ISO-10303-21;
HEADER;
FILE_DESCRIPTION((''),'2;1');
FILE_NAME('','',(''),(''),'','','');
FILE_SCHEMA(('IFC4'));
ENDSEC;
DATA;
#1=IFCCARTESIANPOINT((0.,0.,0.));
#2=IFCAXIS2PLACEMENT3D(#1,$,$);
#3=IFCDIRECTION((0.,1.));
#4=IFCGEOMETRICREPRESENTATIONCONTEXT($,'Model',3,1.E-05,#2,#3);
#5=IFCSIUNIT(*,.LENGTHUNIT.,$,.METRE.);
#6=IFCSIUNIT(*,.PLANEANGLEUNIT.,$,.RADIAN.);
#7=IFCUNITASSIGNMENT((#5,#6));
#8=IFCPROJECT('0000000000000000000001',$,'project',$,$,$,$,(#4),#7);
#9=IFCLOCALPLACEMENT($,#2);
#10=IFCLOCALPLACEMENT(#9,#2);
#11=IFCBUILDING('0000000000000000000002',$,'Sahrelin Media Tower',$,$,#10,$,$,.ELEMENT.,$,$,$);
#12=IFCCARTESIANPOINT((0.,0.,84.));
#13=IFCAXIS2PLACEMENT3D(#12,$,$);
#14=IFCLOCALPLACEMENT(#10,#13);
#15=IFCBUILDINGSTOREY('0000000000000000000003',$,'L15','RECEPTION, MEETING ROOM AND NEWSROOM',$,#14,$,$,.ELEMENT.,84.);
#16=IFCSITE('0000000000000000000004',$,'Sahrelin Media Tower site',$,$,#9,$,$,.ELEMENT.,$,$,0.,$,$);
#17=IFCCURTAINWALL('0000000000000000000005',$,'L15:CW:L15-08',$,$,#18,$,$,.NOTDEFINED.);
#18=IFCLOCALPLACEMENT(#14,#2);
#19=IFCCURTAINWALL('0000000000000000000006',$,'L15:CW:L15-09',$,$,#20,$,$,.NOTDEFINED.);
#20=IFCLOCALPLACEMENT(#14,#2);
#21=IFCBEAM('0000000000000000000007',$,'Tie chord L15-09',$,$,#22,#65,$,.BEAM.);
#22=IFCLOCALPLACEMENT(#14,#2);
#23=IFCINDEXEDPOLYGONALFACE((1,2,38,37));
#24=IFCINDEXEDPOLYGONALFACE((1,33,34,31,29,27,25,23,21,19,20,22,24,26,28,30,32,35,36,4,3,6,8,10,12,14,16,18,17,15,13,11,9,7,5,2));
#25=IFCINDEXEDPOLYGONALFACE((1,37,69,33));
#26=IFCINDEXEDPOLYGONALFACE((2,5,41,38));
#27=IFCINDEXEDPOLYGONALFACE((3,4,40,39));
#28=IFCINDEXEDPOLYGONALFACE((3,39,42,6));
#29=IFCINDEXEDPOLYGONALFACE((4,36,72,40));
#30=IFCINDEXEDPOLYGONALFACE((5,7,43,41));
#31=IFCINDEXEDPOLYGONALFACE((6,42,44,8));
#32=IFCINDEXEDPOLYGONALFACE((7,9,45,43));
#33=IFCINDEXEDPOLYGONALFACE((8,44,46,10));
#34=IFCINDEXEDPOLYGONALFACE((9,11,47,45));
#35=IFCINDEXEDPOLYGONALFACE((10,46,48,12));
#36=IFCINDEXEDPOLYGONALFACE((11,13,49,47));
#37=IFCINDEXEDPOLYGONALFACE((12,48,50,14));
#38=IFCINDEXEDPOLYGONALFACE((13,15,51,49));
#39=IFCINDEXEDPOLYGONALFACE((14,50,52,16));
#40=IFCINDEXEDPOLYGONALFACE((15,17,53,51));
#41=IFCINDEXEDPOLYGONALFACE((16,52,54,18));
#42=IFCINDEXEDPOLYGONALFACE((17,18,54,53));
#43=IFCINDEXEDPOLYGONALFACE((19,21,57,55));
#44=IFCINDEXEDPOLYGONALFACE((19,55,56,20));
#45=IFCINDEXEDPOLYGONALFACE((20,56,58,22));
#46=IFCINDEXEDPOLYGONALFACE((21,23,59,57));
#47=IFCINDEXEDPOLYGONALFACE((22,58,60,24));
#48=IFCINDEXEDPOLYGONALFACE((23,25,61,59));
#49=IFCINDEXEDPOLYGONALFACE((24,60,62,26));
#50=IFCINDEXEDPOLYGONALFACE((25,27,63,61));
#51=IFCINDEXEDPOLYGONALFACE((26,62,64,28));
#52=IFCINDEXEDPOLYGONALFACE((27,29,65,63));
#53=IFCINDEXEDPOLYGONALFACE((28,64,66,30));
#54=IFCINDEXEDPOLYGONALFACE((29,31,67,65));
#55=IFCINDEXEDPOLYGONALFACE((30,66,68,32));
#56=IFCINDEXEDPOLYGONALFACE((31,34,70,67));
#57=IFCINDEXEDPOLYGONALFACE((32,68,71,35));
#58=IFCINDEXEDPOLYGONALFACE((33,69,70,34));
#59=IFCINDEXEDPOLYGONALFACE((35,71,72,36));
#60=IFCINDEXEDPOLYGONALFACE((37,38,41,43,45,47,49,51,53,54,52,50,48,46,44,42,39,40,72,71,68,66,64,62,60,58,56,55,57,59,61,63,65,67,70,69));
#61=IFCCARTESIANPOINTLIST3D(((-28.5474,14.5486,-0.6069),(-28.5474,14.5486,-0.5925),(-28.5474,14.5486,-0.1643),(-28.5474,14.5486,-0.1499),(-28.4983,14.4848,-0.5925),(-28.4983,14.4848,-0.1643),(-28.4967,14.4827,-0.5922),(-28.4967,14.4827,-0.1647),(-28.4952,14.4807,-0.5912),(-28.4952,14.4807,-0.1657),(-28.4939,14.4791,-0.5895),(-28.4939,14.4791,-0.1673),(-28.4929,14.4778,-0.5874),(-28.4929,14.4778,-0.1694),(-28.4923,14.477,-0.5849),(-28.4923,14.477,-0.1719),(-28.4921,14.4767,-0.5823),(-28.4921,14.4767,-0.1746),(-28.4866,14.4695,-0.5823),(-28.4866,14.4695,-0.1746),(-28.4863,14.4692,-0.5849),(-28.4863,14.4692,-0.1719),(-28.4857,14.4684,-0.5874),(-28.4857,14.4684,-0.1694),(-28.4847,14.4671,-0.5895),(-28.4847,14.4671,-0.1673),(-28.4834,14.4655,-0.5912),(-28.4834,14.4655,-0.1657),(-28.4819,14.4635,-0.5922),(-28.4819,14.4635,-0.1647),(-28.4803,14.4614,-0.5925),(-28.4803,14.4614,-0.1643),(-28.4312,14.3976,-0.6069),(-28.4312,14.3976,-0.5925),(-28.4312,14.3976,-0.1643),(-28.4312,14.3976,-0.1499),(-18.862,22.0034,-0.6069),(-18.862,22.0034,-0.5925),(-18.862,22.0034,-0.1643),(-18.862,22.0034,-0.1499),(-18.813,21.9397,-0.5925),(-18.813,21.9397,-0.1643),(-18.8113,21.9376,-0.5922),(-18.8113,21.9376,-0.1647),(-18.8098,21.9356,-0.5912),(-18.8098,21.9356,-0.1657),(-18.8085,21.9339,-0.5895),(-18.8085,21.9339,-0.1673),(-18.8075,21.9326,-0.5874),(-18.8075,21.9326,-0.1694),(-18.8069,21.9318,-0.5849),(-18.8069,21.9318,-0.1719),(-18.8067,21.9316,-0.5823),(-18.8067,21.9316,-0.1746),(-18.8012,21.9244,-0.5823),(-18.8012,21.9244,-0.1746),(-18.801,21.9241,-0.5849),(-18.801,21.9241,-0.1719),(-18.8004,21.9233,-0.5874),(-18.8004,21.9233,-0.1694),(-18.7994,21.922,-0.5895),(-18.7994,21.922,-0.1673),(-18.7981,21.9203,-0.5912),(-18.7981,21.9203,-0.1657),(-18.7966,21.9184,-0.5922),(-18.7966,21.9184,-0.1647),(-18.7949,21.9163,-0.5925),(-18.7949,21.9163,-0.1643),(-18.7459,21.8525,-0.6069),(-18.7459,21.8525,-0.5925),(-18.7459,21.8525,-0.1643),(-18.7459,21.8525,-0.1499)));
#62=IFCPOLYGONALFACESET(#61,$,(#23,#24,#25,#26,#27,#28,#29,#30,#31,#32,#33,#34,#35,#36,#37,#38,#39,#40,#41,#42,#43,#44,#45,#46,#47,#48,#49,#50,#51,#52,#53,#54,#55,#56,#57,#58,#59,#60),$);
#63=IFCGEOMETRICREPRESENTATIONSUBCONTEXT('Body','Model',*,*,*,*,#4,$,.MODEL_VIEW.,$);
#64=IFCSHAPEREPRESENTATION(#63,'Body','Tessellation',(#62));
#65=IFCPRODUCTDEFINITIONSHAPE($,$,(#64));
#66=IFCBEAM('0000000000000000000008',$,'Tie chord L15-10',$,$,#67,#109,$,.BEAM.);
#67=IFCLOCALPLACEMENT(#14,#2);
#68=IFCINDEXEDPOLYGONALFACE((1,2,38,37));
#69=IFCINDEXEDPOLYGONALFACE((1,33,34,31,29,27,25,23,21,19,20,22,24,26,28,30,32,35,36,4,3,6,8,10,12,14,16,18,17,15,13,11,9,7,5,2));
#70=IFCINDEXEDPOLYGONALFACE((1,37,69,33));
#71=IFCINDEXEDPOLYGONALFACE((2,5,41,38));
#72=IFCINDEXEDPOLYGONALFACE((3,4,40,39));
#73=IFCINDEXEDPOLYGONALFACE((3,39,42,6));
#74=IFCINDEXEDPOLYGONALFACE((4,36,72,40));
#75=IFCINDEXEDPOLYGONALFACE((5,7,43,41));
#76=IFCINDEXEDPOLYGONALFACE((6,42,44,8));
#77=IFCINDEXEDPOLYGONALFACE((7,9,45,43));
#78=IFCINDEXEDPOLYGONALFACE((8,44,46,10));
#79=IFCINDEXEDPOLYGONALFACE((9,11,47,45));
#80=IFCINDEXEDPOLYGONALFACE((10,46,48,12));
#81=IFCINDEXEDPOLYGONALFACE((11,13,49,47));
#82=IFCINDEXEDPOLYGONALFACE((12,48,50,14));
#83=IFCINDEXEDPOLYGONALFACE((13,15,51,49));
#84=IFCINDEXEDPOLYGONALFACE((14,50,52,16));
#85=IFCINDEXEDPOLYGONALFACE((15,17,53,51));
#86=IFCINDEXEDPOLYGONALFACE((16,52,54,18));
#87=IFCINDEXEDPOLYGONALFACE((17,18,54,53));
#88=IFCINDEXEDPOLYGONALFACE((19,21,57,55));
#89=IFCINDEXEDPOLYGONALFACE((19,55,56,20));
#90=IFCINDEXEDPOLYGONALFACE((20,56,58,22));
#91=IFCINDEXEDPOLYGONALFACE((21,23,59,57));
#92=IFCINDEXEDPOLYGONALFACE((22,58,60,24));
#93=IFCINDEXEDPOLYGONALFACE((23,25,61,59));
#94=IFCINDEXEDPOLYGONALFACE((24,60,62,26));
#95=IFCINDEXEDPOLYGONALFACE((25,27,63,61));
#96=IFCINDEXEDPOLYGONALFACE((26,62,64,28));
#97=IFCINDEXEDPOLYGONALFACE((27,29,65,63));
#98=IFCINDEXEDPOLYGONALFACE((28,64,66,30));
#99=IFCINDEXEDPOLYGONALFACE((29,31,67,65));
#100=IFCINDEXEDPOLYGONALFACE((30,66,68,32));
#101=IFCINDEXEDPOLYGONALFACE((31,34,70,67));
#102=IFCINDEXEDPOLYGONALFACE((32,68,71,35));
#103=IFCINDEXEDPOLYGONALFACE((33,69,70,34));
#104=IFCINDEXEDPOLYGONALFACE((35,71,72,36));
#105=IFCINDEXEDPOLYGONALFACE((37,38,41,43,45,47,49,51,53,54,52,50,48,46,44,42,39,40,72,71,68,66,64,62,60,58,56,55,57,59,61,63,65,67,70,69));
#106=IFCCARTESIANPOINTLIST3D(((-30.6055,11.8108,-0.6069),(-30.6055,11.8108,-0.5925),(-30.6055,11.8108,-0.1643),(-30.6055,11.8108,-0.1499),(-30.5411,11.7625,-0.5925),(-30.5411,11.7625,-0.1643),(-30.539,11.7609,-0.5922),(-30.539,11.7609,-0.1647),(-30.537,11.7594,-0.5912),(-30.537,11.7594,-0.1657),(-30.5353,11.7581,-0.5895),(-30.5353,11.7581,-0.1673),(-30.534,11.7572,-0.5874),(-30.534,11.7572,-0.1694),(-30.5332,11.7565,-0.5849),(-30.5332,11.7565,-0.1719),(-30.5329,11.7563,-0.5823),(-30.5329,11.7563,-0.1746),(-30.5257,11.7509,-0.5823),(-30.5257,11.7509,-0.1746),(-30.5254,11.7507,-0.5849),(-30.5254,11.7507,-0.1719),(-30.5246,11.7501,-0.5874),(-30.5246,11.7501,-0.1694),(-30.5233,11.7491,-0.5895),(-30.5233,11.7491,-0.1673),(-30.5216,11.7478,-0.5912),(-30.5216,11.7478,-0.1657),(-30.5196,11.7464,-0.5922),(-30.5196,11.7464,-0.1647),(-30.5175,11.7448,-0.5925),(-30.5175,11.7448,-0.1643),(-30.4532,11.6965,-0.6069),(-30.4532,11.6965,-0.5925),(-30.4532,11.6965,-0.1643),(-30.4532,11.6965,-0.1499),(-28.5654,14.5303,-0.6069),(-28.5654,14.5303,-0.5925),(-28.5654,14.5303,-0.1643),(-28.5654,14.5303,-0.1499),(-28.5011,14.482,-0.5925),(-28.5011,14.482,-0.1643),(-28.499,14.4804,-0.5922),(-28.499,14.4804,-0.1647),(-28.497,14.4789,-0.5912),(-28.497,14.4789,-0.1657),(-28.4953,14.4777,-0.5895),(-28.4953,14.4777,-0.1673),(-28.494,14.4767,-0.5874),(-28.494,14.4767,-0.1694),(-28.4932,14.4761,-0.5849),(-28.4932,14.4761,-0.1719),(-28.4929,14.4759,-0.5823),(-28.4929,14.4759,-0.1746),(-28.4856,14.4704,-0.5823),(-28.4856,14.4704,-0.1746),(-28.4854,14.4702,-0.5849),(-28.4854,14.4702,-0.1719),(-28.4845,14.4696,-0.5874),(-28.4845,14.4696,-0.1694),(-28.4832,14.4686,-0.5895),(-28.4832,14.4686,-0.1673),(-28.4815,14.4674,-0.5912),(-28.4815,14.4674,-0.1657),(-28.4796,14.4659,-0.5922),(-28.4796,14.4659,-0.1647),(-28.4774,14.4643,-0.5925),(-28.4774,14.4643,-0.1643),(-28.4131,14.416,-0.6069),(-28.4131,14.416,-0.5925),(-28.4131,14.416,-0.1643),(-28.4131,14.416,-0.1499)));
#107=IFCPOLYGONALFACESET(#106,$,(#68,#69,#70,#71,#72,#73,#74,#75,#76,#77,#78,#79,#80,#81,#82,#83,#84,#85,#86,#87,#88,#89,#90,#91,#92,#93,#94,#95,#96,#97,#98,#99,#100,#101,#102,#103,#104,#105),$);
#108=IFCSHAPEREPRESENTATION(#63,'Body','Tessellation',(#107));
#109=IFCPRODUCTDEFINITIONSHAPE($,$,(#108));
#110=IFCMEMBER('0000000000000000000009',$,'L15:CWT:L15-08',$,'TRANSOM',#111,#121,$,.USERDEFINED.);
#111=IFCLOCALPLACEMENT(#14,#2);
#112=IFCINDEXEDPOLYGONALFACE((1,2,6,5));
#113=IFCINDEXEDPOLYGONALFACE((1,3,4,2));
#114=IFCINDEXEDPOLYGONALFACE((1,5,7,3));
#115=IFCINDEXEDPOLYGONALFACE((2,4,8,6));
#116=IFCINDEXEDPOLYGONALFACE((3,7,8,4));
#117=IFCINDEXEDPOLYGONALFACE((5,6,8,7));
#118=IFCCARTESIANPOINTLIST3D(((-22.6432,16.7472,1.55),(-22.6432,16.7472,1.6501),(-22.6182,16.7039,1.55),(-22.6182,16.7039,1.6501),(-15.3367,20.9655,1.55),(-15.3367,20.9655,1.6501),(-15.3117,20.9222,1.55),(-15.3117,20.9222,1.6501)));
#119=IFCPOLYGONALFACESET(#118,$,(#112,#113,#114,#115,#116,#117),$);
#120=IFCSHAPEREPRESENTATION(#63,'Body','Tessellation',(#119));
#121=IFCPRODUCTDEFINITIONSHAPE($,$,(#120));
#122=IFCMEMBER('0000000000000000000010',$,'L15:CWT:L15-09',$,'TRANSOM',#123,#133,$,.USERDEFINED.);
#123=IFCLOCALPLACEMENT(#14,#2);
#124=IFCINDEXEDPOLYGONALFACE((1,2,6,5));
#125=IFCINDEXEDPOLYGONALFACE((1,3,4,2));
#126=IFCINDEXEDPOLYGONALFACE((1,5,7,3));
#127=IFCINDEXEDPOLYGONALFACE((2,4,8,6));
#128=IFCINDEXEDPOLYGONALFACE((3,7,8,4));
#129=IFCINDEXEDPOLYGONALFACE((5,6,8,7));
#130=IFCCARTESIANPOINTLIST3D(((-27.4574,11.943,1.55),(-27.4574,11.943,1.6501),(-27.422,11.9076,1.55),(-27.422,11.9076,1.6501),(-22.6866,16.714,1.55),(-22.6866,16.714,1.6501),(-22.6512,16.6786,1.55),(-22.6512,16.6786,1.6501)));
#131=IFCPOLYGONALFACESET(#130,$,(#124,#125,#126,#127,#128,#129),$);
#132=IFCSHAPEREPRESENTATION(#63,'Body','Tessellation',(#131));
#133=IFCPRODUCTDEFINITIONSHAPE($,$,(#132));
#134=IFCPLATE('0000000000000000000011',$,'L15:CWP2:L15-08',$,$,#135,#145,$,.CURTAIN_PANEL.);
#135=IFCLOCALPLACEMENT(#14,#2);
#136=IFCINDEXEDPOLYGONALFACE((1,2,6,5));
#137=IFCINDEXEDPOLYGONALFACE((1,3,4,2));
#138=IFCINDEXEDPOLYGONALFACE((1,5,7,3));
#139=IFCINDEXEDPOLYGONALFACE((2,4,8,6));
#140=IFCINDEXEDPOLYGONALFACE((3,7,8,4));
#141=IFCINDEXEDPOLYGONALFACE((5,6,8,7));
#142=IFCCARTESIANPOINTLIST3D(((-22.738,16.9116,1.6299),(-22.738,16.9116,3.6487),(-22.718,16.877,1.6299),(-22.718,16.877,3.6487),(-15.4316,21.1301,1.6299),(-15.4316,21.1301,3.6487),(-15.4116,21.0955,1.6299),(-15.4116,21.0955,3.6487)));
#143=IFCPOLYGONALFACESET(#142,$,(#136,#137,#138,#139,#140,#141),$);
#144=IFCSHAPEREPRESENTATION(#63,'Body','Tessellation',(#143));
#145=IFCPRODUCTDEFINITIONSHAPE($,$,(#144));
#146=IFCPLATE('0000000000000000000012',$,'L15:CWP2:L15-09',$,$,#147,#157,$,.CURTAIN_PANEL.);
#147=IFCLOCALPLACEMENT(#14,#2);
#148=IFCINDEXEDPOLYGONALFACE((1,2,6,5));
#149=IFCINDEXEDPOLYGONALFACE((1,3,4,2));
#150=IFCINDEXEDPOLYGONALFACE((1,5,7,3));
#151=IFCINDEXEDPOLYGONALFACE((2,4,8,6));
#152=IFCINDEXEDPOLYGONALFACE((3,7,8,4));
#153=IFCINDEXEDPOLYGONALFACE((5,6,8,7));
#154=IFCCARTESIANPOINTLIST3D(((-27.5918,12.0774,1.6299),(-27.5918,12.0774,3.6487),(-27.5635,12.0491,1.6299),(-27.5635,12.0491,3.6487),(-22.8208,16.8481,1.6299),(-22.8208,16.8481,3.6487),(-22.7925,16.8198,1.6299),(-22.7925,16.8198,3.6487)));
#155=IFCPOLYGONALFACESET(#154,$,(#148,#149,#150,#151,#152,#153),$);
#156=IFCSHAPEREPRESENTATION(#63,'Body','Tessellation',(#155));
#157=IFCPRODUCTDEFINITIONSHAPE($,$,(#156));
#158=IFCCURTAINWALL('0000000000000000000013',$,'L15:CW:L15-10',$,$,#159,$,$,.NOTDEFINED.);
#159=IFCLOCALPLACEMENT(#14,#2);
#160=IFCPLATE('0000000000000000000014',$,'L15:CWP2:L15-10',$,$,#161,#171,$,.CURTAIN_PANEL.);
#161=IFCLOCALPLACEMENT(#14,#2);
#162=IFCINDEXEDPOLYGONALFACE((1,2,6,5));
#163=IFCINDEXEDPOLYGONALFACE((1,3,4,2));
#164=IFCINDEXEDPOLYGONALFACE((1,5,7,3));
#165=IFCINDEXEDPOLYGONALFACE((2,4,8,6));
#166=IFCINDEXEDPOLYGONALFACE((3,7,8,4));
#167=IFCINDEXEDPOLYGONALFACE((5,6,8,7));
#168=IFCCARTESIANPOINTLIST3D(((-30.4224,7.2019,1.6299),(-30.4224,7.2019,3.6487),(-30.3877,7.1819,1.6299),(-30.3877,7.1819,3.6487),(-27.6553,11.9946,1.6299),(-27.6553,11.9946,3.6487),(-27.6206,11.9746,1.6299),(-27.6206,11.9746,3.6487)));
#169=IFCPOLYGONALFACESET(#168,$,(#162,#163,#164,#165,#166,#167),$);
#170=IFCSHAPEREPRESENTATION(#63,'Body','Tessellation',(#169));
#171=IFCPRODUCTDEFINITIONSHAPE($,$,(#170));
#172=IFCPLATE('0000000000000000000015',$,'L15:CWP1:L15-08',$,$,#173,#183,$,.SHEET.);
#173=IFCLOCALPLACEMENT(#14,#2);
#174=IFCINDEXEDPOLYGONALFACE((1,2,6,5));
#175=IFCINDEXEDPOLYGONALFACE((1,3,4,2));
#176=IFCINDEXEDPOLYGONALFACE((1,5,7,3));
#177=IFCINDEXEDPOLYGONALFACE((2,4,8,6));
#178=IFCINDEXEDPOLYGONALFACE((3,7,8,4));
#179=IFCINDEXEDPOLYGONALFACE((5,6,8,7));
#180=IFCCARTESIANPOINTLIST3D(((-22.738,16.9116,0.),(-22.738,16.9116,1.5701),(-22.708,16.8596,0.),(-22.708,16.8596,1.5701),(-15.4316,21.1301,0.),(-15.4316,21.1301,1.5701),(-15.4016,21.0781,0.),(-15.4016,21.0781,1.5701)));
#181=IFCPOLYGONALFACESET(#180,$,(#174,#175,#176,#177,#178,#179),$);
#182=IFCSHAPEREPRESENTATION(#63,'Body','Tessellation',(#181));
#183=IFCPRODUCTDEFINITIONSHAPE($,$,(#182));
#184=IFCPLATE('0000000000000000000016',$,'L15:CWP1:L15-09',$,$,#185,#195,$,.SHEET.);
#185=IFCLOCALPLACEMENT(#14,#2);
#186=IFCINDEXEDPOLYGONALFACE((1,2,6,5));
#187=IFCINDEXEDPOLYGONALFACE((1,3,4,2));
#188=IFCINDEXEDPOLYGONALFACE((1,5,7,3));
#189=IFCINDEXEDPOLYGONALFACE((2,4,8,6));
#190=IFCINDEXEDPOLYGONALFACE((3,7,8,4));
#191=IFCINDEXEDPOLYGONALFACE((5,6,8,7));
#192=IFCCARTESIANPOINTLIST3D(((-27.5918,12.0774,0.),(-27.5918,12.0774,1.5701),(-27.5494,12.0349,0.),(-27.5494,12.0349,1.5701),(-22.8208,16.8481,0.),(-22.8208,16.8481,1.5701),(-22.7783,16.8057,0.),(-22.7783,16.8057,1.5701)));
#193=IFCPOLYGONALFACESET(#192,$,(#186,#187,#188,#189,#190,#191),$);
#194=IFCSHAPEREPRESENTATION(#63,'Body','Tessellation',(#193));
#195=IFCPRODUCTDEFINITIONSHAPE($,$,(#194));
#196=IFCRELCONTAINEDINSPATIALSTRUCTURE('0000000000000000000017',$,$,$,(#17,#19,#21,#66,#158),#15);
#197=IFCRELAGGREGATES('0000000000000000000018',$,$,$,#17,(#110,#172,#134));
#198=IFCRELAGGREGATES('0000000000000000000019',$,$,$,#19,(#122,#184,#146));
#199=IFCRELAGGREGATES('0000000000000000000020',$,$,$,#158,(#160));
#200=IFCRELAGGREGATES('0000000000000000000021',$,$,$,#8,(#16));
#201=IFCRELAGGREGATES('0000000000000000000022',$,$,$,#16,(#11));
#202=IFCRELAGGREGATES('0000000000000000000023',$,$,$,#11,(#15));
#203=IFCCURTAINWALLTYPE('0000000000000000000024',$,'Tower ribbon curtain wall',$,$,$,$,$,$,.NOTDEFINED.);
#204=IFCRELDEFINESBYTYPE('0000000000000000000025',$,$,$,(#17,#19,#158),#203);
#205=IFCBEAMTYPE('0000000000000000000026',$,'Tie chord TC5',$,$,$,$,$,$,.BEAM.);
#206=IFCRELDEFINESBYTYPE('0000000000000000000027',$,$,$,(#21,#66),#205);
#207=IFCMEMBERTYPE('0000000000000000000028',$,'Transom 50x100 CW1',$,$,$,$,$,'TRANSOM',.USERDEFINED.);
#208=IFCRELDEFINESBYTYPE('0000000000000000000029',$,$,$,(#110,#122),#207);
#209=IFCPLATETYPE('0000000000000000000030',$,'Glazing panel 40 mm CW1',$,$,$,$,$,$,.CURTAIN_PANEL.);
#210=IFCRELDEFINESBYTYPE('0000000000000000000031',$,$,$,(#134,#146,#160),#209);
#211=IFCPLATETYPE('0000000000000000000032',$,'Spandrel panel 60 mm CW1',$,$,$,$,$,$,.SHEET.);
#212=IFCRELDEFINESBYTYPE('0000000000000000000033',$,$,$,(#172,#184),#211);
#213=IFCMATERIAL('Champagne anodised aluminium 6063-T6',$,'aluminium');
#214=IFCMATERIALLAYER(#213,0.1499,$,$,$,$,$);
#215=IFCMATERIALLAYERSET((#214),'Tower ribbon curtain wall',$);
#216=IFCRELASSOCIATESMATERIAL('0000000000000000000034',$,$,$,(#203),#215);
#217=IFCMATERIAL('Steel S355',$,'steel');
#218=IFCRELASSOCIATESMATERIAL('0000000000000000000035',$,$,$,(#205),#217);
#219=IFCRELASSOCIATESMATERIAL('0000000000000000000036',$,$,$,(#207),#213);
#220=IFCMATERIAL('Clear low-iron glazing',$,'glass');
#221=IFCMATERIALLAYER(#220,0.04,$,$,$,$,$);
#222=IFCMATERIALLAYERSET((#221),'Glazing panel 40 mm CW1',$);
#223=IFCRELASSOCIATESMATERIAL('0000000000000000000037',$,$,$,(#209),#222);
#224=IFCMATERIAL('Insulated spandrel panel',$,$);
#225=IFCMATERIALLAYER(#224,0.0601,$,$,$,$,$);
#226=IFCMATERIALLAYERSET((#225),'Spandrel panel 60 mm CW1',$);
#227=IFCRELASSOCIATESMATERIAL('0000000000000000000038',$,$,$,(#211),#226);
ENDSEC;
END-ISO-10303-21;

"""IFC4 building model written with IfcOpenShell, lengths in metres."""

from ifc_helpers import new_model, si_unit, direction, frame, origin, origin_2d, place, context, subcontext, project, spatial, polyline, rectangle, i_section, outline, extrude, material, layer, layer_set, material_profile, profile_set, type_object, element, aggregate, save


model = new_model("IFC4")

# Units and contexts
model_context = context("Model", 3, precision=1e-05, world=origin(), true_north=direction((0.0, 1.0)))
body_context = subcontext(model_context, "Body", "Model", "MODEL_VIEW")
ifc_project = project(units=[si_unit("LENGTHUNIT", "METRE"), si_unit("PLANEANGLEUNIT", "RADIAN")], contexts=[model_context])

# Site, building, storey
site_placement = place(None, origin())
site = spatial("IfcSite", under=ifc_project, at=site_placement, Name="Sahrelin Media Tower site", CompositionType="ELEMENT", RefElevation=0.0)
building_placement = place(site_placement, origin())
building = spatial("IfcBuilding", under=site, at=building_placement, Name="Sahrelin Media Tower", CompositionType="ELEMENT")
storey_placement = place(building_placement, frame((0.0, 0.0, 84.0)))
storey = spatial("IfcBuildingStorey", under=building, at=storey_placement, Name="L15", Description="RECEPTION, MEETING ROOM AND NEWSROOM", CompositionType="ELEMENT", Elevation=84.0)

# Shared definitions
ifc_material_1 = material(Name="Steel S355", Category="steel")

# Curtain walls
ifc_material_2 = material(Name="Champagne anodised aluminium 6063-T6", Category="aluminium")
ifc_layer_1 = layer(ifc_material_2, 0.1499)
ifc_layer_set_1 = layer_set([ifc_layer_1], Name="Tower ribbon curtain wall")
curtain_wall_type = type_object("IfcCurtainWallType", Name="Tower ribbon curtain wall", PredefinedType="NOTDEFINED", material=ifc_layer_set_1)
curtain_wall_1_placement = place(storey_placement, frame((-19.075, 19.0037, 0.0), z_axis=(0.0, 0.0, 1.0), x_axis=(1.0, 0.0, 0.0)))
curtain_wall_1 = element("IfcCurtainWall", 1, at=curtain_wall_1_placement, inside=storey, type_object=curtain_wall_type, Name="L15:CW:L15-08", PredefinedType="NOTDEFINED")
curtain_wall_2_placement = place(storey_placement, frame((-25.1921, 14.4487, 0.0), z_axis=(0.0, 0.0, 1.0), x_axis=(1.0, 0.0, 0.0)))
curtain_wall_2 = element("IfcCurtainWall", 2, at=curtain_wall_2_placement, inside=storey, type_object=curtain_wall_type, Name="L15:CW:L15-09", PredefinedType="NOTDEFINED")

# Beams
ifc_material_profile_1 = material_profile(ifc_material_1, i_section(OverallWidth=0.1904, OverallDepth=0.457, WebThickness=0.009, FlangeThickness=0.0144, FilletRadius=0.0103, at=origin_2d()), Name="UB 457x191x74")
ifc_profile_set_1 = profile_set([ifc_material_profile_1], Name="Steel S355")
beam_type_1 = type_object("IfcBeamType", Name="Tie chord TC5", PredefinedType="BEAM", material=ifc_profile_set_1)
beam_1_placement = place(storey_placement, frame((-18.804, 21.928, -0.3784), z_axis=(-0.792442, -0.609947, 0.0), x_axis=(0.609947, -0.792442, 0.0)))
element("IfcBeam", 3, at=beam_1_placement, inside=storey, type_object=beam_type_1, Name="Tie chord L15-09", PredefinedType="BEAM", context=body_context, shape_type="SweptSolid", body=[
    extrude(i_section(OverallWidth=0.1904, OverallDepth=0.457, WebThickness=0.009, FlangeThickness=0.0144, FilletRadius=0.0103, at=origin_2d()), origin(), (0.0, 0.0, 1.0), 12.2222),
])
beam_2_placement = place(storey_placement, frame((-28.4893, 14.4731, -0.3784), z_axis=(-0.60008, -0.79994, 0.0), x_axis=(0.79994, -0.60008, 0.0)))
element("IfcBeam", 4, at=beam_2_placement, inside=storey, type_object=beam_type_1, Name="Tie chord L15-10", PredefinedType="BEAM", context=body_context, shape_type="SweptSolid", body=[
    extrude(i_section(OverallWidth=0.1904, OverallDepth=0.457, WebThickness=0.009, FlangeThickness=0.0144, FilletRadius=0.0103, at=origin_2d()), origin(), (0.0, 0.0, 1.0), 3.3997),
])

# Members
ifc_material_profile_2 = material_profile(ifc_material_2, rectangle(XDim=0.05, YDim=0.1001, at=origin_2d()), Name="Transom 50x100")
ifc_profile_set_2 = profile_set([ifc_material_profile_2], Name="Champagne anodised aluminium 6063-T6")
member_type_1 = type_object("IfcMemberType", Name="Transom 50x100 CW1", ElementType="TRANSOM", PredefinedType="USERDEFINED", material=ifc_profile_set_2)
member_1_placement = place(storey_placement, frame((-15.3242, 20.9438, 1.6001), z_axis=(-0.86603, -0.499992, 0.0), x_axis=(0.499992, -0.86603, 0.0)))
member_1 = element("IfcMember", 5, at=member_1_placement, type_object=member_type_1, Name="L15:CWT:L15-08", ObjectType="TRANSOM", PredefinedType="USERDEFINED", context=body_context, shape_type="SweptSolid", body=[
    extrude(rectangle(XDim=0.05, YDim=0.1001, at=origin_2d()), origin(), (0.0, 0.0, 1.0), 8.4368),
])
member_2_placement = place(storey_placement, frame((-22.6689, 16.6963, 1.6001), z_axis=(-0.707089, -0.707125, 0.0), x_axis=(0.707125, -0.707089, 0.0)))
member_2 = element("IfcMember", 6, at=member_2_placement, type_object=member_type_1, Name="L15:CWT:L15-09", ObjectType="TRANSOM", PredefinedType="USERDEFINED", context=body_context, shape_type="SweptSolid", body=[
    extrude(rectangle(XDim=0.05, YDim=0.1001, at=origin_2d()), origin(), (0.0, 0.0, 1.0), 6.7471),
])

# Plates
ifc_material_3 = material(Name="Clear low-iron glazing", Category="glass")
ifc_layer_2 = layer(ifc_material_3, 0.04)
ifc_layer_set_2 = layer_set([ifc_layer_2], Name="Glazing panel 40 mm CW1")
plate_type_1 = type_object("IfcPlateType", Name="Glazing panel 40 mm CW1", PredefinedType="CURTAIN_PANEL", material=ifc_layer_set_2)
plate_1_placement = place(storey_placement, frame((-15.4316, 21.1301, 1.6299), z_axis=(-0.500014, 0.866017, 0.0), x_axis=(-0.866017, -0.500014, 0.0)))
plate_1 = element("IfcPlate", 7, at=plate_1_placement, type_object=plate_type_1, Name="L15:CWP2:L15-08", PredefinedType="CURTAIN_PANEL", context=body_context, shape_type="SweptSolid", body=[
    extrude(outline(polyline([(0.0, 0.0), (8.4368, 0.0), (8.4368, 2.0188), (0.0, 2.0188), (0.0, 0.0)])), origin(), (0.0, 0.0, -1.0), 0.04),
])
plate_2_placement = place(storey_placement, frame((-22.8208, 16.8481, 1.6299), z_axis=(-0.707089, 0.707125, 0.0), x_axis=(-0.707125, -0.707089, 0.0)))
plate_2 = element("IfcPlate", 8, at=plate_2_placement, type_object=plate_type_1, Name="L15:CWP2:L15-09", PredefinedType="CURTAIN_PANEL", context=body_context, shape_type="SweptSolid", body=[
    extrude(outline(polyline([(0.0, 0.0), (6.7471, 0.0), (6.7471, 2.0188), (0.0, 2.0188), (0.0, 0.0)])), origin(), (0.0, 0.0, -1.0), 0.04),
])

# Curtain wall, plate
curtain_wall_3_placement = place(storey_placement, frame((-29.0215, 9.5884, 0.0), z_axis=(0.0, 0.0, 1.0), x_axis=(1.0, 0.0, 0.0)))
curtain_wall_3 = element("IfcCurtainWall", 9, at=curtain_wall_3_placement, inside=storey, type_object=curtain_wall_type, Name="L15:CW:L15-10", PredefinedType="NOTDEFINED")
plate_3_placement = place(storey_placement, frame((-27.6553, 11.9946, 1.6299), z_axis=(-0.866025, 0.500001, 0.0), x_axis=(-0.500001, -0.866025, 0.0)))
plate_3 = element("IfcPlate", 10, at=plate_3_placement, type_object=plate_type_1, Name="L15:CWP2:L15-10", PredefinedType="CURTAIN_PANEL", context=body_context, shape_type="SweptSolid", body=[
    extrude(outline(polyline([(0.0, 0.0), (5.5342, 0.0), (5.5342, 2.0188), (0.0, 2.0188), (0.0, 0.0)])), origin(), (0.0, 0.0, -1.0), 0.04),
])

# Plates
ifc_material_4 = material(Name="Insulated spandrel panel")
ifc_layer_3 = layer(ifc_material_4, 0.0601)
ifc_layer_set_3 = layer_set([ifc_layer_3], Name="Spandrel panel 60 mm CW1")
plate_type_2 = type_object("IfcPlateType", Name="Spandrel panel 60 mm CW1", PredefinedType="SHEET", material=ifc_layer_set_3)
plate_4_placement = place(storey_placement, frame((-15.4316, 21.1301, 0.0), z_axis=(-0.500014, 0.866017, 0.0), x_axis=(-0.866017, -0.500014, 0.0)))
plate_4 = element("IfcPlate", 11, at=plate_4_placement, type_object=plate_type_2, Name="L15:CWP1:L15-08", PredefinedType="SHEET", context=body_context, shape_type="SweptSolid", body=[
    extrude(outline(polyline([(0.0, 0.0), (8.4368, 0.0), (8.4368, 1.5701), (0.0, 1.5701), (0.0, 0.0)])), origin(), (0.0, 0.0, -1.0), 0.0601),
])
aggregate(curtain_wall_1, [member_1, plate_4, plate_1])
plate_5_placement = place(storey_placement, frame((-22.8208, 16.8481, 0.0), z_axis=(-0.707089, 0.707125, 0.0), x_axis=(-0.707125, -0.707089, 0.0)))
plate_5 = element("IfcPlate", 12, at=plate_5_placement, type_object=plate_type_2, Name="L15:CWP1:L15-09", PredefinedType="SHEET", context=body_context, shape_type="SweptSolid", body=[
    extrude(outline(polyline([(0.0, 0.0), (6.7471, 0.0), (6.7471, 1.5701), (0.0, 1.5701), (0.0, 0.0)])), origin(), (0.0, 0.0, -1.0), 0.0601),
])
aggregate(curtain_wall_2, [member_2, plate_5, plate_2])
aggregate(curtain_wall_3, [plate_3])

save(model, "model.ifc")
